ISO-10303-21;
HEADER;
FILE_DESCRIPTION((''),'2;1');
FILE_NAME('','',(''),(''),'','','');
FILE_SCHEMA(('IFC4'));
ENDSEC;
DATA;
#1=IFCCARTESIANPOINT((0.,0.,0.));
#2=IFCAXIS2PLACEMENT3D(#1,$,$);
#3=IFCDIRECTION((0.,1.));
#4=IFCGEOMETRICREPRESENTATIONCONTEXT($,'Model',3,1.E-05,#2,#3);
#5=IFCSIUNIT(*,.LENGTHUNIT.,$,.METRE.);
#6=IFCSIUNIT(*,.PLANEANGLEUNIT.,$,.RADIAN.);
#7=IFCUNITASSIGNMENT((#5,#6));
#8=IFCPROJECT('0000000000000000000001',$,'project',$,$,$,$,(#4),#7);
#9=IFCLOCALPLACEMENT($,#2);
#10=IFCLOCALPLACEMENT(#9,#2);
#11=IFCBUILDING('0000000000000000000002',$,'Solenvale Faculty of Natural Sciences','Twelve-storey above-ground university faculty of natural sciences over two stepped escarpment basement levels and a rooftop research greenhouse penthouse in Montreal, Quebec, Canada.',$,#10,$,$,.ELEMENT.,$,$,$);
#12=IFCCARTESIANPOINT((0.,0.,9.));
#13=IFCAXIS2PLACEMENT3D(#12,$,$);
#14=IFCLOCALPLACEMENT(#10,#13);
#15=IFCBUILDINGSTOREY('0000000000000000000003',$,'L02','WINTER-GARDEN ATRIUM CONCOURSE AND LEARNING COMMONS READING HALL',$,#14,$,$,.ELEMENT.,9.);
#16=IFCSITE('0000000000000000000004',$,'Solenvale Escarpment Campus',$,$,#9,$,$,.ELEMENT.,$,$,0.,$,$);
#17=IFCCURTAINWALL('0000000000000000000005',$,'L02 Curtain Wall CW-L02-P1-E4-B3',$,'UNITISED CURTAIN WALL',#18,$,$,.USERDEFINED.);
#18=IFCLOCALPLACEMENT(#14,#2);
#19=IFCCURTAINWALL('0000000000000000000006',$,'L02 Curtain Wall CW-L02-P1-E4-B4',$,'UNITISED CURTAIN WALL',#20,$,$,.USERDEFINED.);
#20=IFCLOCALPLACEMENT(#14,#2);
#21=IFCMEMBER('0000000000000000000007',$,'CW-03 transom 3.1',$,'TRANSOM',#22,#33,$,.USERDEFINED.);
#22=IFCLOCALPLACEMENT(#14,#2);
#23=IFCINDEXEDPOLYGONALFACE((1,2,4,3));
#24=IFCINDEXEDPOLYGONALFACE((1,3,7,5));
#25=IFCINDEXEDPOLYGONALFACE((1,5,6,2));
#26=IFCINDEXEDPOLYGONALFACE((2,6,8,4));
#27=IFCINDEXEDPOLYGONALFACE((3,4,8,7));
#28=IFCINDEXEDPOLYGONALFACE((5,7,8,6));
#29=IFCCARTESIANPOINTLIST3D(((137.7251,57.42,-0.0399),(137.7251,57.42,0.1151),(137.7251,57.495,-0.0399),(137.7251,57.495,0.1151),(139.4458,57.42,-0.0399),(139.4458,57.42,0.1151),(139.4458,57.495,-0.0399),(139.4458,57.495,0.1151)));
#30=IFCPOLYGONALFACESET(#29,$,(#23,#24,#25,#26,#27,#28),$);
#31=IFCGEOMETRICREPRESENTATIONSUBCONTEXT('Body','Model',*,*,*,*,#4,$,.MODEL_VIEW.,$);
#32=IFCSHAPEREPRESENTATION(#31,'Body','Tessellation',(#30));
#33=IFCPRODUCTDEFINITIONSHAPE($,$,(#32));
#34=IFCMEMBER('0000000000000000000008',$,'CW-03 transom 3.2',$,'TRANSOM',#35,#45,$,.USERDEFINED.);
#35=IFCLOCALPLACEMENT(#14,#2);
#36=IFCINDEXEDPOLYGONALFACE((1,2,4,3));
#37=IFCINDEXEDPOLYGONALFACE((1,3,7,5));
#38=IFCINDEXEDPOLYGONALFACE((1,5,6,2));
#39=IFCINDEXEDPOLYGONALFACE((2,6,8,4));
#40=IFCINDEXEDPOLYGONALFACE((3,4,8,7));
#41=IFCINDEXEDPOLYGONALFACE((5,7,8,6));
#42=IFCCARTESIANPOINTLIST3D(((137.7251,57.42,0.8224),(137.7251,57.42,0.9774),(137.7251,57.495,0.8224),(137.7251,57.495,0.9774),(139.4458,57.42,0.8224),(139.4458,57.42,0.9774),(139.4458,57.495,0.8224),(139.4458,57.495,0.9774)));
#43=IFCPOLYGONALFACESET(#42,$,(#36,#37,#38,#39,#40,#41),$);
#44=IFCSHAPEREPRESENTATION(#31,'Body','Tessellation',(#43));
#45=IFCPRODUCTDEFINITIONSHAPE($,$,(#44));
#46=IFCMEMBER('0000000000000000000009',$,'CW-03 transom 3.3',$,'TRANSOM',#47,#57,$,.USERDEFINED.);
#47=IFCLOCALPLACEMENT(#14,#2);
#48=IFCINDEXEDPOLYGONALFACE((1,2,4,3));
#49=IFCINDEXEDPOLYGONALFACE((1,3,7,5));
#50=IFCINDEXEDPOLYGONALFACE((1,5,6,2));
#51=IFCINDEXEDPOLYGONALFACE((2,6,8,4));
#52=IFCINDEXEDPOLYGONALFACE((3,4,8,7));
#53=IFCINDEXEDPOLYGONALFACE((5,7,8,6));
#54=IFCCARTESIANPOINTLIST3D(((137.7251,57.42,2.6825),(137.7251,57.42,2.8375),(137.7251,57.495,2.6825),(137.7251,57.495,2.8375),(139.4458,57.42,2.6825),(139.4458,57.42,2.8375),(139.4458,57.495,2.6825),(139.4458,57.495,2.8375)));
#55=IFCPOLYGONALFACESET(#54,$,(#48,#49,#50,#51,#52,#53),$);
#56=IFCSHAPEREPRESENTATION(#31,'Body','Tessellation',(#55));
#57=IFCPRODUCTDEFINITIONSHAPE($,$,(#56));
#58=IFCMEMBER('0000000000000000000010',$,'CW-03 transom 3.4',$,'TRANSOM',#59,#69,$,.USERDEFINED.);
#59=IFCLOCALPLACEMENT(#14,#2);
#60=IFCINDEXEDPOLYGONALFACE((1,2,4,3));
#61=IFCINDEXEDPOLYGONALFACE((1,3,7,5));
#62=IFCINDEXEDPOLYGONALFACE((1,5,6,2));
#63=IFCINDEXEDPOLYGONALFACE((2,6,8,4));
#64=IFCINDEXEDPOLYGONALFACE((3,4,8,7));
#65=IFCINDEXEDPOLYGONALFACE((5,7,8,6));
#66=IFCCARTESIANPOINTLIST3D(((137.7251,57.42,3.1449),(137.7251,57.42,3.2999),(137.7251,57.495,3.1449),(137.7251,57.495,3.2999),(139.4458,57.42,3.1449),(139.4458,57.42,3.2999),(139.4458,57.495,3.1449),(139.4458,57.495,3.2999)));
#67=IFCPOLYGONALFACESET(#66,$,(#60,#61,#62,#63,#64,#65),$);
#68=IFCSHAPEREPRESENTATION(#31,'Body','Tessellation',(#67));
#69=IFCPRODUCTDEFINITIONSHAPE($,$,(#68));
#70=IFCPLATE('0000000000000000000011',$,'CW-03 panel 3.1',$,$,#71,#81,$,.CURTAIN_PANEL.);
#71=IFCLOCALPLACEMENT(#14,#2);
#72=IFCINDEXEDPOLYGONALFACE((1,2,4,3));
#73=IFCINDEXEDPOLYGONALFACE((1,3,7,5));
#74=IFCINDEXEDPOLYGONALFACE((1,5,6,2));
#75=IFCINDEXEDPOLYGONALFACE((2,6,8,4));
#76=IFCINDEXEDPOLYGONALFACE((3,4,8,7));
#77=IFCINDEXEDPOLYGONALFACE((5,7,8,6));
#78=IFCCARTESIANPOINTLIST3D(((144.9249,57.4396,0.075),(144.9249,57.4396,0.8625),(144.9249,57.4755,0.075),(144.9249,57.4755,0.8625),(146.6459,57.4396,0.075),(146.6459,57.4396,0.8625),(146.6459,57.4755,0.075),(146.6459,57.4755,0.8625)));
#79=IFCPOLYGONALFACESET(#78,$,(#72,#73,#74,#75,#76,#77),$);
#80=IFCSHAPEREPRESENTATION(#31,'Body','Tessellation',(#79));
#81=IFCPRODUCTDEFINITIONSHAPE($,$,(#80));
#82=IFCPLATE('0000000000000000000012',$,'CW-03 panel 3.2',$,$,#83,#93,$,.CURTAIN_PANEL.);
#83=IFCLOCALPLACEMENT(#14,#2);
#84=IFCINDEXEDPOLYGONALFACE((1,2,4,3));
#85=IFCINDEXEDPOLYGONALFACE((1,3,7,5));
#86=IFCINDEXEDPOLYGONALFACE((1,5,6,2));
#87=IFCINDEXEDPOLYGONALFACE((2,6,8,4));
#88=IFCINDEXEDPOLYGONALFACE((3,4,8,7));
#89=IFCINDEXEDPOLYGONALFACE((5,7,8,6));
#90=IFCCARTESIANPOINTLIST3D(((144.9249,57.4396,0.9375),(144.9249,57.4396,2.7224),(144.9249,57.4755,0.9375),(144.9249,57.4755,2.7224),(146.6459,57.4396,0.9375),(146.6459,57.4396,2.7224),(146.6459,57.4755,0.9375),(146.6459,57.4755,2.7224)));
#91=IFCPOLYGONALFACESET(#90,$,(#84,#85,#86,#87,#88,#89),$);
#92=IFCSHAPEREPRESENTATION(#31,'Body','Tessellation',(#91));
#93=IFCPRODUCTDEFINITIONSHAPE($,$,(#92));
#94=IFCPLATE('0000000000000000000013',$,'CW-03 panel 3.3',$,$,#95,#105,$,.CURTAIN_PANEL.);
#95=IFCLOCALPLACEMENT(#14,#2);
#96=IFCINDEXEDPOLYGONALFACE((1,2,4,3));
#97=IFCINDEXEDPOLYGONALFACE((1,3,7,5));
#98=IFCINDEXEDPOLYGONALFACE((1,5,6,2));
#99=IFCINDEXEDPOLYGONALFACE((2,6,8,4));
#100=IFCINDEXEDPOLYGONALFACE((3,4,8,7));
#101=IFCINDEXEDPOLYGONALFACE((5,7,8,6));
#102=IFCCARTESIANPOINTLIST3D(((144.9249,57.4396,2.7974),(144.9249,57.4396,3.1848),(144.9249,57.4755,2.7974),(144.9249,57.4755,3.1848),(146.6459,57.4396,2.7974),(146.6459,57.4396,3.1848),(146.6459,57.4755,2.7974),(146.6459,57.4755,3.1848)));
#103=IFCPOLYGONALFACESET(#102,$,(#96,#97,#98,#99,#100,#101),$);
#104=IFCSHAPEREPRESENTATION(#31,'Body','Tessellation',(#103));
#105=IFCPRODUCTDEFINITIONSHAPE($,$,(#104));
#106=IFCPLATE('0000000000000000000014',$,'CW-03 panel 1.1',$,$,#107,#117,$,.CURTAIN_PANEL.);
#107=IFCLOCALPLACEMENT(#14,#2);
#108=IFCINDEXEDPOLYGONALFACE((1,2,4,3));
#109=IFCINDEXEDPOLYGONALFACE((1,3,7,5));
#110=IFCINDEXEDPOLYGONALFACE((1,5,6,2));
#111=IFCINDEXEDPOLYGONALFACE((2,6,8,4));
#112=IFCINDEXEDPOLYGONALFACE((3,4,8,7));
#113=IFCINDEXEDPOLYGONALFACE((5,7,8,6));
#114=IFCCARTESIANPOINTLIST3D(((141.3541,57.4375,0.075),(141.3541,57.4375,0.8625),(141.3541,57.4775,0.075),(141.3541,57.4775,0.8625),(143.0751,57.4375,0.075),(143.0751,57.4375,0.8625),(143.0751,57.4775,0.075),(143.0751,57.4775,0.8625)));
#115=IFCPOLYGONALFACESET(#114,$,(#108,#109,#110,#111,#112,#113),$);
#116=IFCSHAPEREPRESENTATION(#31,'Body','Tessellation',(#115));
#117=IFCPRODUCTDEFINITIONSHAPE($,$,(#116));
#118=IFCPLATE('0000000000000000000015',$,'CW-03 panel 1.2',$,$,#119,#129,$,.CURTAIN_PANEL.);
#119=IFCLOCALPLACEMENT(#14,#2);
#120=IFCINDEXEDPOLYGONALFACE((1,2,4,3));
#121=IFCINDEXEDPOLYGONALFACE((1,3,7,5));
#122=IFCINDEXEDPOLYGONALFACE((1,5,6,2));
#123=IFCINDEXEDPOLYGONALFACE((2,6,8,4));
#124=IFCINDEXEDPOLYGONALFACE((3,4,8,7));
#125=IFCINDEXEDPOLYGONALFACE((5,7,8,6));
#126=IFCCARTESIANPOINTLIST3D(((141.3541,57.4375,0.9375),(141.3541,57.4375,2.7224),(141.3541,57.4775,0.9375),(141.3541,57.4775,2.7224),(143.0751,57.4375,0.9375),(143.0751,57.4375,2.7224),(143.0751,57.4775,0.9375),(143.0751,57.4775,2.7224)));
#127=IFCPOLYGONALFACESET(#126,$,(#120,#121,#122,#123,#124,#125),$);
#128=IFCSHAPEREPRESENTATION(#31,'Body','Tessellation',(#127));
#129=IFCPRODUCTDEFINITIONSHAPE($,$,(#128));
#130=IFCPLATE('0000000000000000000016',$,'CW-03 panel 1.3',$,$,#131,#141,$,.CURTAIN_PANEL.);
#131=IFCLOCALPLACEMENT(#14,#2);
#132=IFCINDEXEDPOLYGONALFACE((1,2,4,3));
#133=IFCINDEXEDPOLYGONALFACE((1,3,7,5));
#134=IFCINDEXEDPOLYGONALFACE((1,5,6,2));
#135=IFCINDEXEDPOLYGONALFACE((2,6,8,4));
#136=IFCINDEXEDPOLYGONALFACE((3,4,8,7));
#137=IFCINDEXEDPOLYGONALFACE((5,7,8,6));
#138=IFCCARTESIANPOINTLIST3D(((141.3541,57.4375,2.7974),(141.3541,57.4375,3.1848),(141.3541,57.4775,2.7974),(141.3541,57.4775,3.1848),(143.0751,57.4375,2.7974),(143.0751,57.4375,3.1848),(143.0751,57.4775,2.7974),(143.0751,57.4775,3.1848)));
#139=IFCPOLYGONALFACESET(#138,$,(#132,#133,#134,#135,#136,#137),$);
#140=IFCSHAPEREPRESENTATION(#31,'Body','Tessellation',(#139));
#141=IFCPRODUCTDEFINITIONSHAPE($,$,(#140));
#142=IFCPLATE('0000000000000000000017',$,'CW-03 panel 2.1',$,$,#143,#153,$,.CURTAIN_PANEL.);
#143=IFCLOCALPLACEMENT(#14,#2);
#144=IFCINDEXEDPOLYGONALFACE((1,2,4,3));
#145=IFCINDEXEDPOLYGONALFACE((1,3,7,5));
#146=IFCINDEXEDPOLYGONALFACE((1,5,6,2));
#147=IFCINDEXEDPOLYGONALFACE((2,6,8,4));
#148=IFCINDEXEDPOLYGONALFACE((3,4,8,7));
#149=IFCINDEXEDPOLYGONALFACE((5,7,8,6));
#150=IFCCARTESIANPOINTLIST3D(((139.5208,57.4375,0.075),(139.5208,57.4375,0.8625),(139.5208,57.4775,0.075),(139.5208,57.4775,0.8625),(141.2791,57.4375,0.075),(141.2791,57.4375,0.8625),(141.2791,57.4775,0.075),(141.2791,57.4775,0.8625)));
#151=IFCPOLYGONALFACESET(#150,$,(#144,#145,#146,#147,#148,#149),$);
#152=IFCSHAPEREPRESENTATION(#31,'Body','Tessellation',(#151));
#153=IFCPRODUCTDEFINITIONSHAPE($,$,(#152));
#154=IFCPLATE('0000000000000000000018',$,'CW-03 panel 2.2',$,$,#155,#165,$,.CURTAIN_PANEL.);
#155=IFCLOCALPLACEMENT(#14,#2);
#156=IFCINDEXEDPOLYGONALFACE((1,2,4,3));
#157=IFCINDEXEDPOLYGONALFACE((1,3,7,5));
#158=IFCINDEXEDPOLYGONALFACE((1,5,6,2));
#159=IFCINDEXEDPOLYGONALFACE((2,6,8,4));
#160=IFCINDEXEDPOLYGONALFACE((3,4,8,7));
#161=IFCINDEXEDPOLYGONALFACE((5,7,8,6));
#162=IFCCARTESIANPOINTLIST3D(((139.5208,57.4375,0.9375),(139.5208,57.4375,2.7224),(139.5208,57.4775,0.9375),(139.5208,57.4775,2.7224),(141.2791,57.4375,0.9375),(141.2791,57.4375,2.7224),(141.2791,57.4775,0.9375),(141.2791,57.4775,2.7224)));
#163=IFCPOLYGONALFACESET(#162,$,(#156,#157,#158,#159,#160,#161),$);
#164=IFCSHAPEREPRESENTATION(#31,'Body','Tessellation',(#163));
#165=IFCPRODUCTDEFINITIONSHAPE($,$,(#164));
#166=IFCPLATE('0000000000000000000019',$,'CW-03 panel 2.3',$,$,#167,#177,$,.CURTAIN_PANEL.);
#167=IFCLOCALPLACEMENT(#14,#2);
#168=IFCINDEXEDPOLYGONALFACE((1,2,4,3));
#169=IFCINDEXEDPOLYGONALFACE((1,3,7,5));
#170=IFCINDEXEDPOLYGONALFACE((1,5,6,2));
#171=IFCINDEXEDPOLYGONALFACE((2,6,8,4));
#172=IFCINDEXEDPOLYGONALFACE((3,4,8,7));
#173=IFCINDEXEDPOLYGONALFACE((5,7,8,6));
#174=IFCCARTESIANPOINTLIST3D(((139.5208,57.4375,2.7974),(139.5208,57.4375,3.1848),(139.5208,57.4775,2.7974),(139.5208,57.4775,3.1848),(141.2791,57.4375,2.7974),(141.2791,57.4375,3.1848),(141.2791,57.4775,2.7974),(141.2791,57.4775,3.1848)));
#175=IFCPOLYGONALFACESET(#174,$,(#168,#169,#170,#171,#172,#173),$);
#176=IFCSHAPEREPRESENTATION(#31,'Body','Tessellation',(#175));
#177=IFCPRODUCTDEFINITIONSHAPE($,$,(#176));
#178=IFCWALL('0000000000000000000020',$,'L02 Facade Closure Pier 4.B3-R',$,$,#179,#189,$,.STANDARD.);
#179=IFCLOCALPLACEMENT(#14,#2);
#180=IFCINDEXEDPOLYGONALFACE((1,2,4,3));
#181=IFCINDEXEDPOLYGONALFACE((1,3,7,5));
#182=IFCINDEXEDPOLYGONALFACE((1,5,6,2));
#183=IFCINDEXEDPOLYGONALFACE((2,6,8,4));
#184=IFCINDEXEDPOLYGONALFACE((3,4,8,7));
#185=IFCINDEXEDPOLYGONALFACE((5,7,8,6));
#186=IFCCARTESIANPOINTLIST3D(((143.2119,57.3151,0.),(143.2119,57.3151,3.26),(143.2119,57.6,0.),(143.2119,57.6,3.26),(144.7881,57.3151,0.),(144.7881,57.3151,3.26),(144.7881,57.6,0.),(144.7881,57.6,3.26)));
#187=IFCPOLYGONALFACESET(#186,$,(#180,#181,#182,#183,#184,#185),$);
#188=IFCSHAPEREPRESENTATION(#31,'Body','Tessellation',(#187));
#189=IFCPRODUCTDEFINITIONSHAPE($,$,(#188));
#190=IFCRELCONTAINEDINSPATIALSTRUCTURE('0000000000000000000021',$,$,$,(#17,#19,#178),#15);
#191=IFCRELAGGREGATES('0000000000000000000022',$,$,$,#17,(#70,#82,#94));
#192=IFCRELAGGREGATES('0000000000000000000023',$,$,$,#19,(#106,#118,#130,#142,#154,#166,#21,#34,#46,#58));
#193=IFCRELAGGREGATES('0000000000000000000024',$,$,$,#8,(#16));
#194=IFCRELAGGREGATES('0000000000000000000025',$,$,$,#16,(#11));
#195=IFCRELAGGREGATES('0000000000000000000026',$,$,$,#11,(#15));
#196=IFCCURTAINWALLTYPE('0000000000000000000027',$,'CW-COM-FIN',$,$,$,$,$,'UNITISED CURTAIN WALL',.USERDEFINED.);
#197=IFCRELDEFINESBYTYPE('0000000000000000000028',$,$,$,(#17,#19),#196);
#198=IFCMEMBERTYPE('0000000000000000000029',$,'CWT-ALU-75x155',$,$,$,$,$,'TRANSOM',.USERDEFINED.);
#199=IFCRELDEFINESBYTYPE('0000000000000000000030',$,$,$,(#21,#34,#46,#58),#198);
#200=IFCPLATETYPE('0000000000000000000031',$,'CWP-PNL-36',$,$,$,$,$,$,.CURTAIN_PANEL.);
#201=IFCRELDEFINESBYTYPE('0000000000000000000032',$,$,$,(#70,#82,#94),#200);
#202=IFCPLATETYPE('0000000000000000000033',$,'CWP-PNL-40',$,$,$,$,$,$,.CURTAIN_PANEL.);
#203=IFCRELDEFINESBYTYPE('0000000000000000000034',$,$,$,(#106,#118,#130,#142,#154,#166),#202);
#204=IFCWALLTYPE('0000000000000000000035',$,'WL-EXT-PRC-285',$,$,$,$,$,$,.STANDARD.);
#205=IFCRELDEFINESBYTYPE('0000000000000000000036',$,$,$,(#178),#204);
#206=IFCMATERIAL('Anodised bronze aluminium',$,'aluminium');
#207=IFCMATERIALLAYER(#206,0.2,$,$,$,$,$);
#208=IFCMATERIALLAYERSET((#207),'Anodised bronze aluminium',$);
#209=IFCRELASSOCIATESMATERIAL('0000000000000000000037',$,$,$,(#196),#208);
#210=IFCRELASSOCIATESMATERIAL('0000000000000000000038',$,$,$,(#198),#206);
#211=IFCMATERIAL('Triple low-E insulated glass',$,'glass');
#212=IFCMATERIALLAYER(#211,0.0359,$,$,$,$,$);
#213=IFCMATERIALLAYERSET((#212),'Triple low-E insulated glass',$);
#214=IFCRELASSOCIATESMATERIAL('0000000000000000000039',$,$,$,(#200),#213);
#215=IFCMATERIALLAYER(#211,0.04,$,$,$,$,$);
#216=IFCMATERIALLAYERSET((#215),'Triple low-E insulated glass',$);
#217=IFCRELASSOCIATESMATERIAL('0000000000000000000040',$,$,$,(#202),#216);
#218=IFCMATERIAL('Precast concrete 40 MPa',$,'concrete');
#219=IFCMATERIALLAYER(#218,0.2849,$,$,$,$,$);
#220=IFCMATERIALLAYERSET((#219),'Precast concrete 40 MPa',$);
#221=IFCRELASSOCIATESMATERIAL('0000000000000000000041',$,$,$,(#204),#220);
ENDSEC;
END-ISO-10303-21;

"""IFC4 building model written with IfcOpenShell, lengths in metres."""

from ifc_helpers import new_model, si_unit, direction, frame, frame_2d, origin, origin_2d, place, context, subcontext, project, spatial, rectangle, extrude, material, layer, layer_set, material_profile, profile_set, type_object, element, aggregate, save


model = new_model("IFC4")

# Units and contexts
model_context = context("Model", 3, precision=1e-05, world=origin(), true_north=direction((0.0, 1.0)))
body_context = subcontext(model_context, "Body", "Model", "MODEL_VIEW")
ifc_project = project(units=[si_unit("LENGTHUNIT", "METRE"), si_unit("PLANEANGLEUNIT", "RADIAN")], contexts=[model_context])

# Site, building, storey
site_placement = place(None, origin())
site = spatial("IfcSite", under=ifc_project, at=site_placement, Name="Solenvale Escarpment Campus", CompositionType="ELEMENT", RefElevation=0.0)
building_placement = place(site_placement, origin())
building = spatial("IfcBuilding", under=site, at=building_placement, Name="Solenvale Faculty of Natural Sciences", Description="Twelve-storey above-ground university faculty of natural sciences over two stepped escarpment basement levels and a rooftop research greenhouse penthouse in Montreal, Quebec, Canada.", CompositionType="ELEMENT")
storey_placement = place(building_placement, frame((0.0, 0.0, 9.0)))
storey = spatial("IfcBuildingStorey", under=building, at=storey_placement, Name="L02", Description="WINTER-GARDEN ATRIUM CONCOURSE AND LEARNING COMMONS READING HALL", CompositionType="ELEMENT", Elevation=9.0)

# Curtain wall
ifc_material_1 = material(Name="Anodised bronze aluminium", Category="aluminium")
ifc_layer_1 = layer(ifc_material_1, 0.2)
ifc_layer_set_1 = layer_set([ifc_layer_1], Name="Anodised bronze aluminium")
curtain_wall_type = type_object("IfcCurtainWallType", Name="CW-COM-FIN", ElementType="UNITISED CURTAIN WALL", PredefinedType="USERDEFINED", material=ifc_layer_set_1)
curtain_wall_1_placement = place(storey_placement, origin())
curtain_wall_1 = element("IfcCurtainWall", 1, at=curtain_wall_1_placement, inside=storey, type_object=curtain_wall_type, Name="L02 Curtain Wall CW-L02-P1-E4-B3", ObjectType="UNITISED CURTAIN WALL", PredefinedType="USERDEFINED")

# Curtain wall
curtain_wall_2_placement = place(storey_placement, origin())
curtain_wall_2 = element("IfcCurtainWall", 2, at=curtain_wall_2_placement, inside=storey, type_object=curtain_wall_type, Name="L02 Curtain Wall CW-L02-P1-E4-B4", ObjectType="UNITISED CURTAIN WALL", PredefinedType="USERDEFINED")

# Members
ifc_material_profile_1 = material_profile(ifc_material_1, rectangle(XDim=0.075, YDim=0.155, at=origin_2d()), Name="ALU-TRN-75x155")
ifc_profile_set_1 = profile_set([ifc_material_profile_1], Name="Anodised bronze aluminium")
member_type_1 = type_object("IfcMemberType", Name="CWT-ALU-75x155", ElementType="TRANSOM", PredefinedType="USERDEFINED", material=ifc_profile_set_1)
member_1_placement = place(storey_placement, frame((139.4458, 57.4575, 0.0376), z_axis=(-1.0, 0.0, 0.0), x_axis=(0.0, -1.0, 0.0)))
member_1 = element("IfcMember", 3, at=member_1_placement, type_object=member_type_1, Name="CW-03 transom 3.1", ObjectType="TRANSOM", PredefinedType="USERDEFINED", context=body_context, shape_type="SweptSolid", body=[
    extrude(rectangle(XDim=0.075, YDim=0.155, at=origin_2d()), origin(), (0.0, 0.0, 1.0), 1.7207),
])
member_2_placement = place(storey_placement, frame((139.4458, 57.4575, 0.8999), z_axis=(-1.0, 0.0, 0.0), x_axis=(0.0, -1.0, 0.0)))
member_2 = element("IfcMember", 4, at=member_2_placement, type_object=member_type_1, Name="CW-03 transom 3.2", ObjectType="TRANSOM", PredefinedType="USERDEFINED", context=body_context, shape_type="SweptSolid", body=[
    extrude(rectangle(XDim=0.075, YDim=0.155, at=origin_2d()), origin(), (0.0, 0.0, 1.0), 1.7207),
])
member_3_placement = place(storey_placement, frame((139.4458, 57.4575, 2.76), z_axis=(-1.0, 0.0, 0.0), x_axis=(0.0, -1.0, 0.0)))
member_3 = element("IfcMember", 5, at=member_3_placement, type_object=member_type_1, Name="CW-03 transom 3.3", ObjectType="TRANSOM", PredefinedType="USERDEFINED", context=body_context, shape_type="SweptSolid", body=[
    extrude(rectangle(XDim=0.075, YDim=0.155, at=origin_2d()), origin(), (0.0, 0.0, 1.0), 1.7207),
])
member_4_placement = place(storey_placement, frame((139.4458, 57.4575, 3.2224), z_axis=(-1.0, 0.0, 0.0), x_axis=(0.0, -1.0, 0.0)))
member_4 = element("IfcMember", 6, at=member_4_placement, type_object=member_type_1, Name="CW-03 transom 3.4", ObjectType="TRANSOM", PredefinedType="USERDEFINED", context=body_context, shape_type="SweptSolid", body=[
    extrude(rectangle(XDim=0.075, YDim=0.155, at=origin_2d()), origin(), (0.0, 0.0, 1.0), 1.7207),
])

# Plates
ifc_material_2 = material(Name="Triple low-E insulated glass", Category="glass")
ifc_layer_2 = layer(ifc_material_2, 0.0359)
ifc_layer_set_2 = layer_set([ifc_layer_2], Name="Triple low-E insulated glass")
plate_type_1 = type_object("IfcPlateType", Name="CWP-PNL-36", PredefinedType="CURTAIN_PANEL", material=ifc_layer_set_2)
plate_1_placement = place(storey_placement, frame((145.7854, 57.4575, 0.075), z_axis=(0.0, 0.0, 1.0), x_axis=(-1.0, 0.0, 0.0)))
plate_1 = element("IfcPlate", 7, at=plate_1_placement, type_object=plate_type_1, Name="CW-03 panel 3.1", PredefinedType="CURTAIN_PANEL", context=body_context, shape_type="SweptSolid", body=[
    extrude(rectangle(XDim=1.7209, YDim=0.0359, at=origin_2d()), origin(), (0.0, 0.0, 1.0), 0.7876),
])
plate_2_placement = place(storey_placement, frame((145.7854, 57.4575, 0.9375), z_axis=(0.0, 0.0, 1.0), x_axis=(-1.0, 0.0, 0.0)))
plate_2 = element("IfcPlate", 8, at=plate_2_placement, type_object=plate_type_1, Name="CW-03 panel 3.2", PredefinedType="CURTAIN_PANEL", context=body_context, shape_type="SweptSolid", body=[
    extrude(rectangle(XDim=1.7209, YDim=0.0359, at=origin_2d()), origin(), (0.0, 0.0, 1.0), 1.7849),
])
plate_3_placement = place(storey_placement, frame((145.7854, 57.4575, 2.7974), z_axis=(0.0, 0.0, 1.0), x_axis=(-1.0, 0.0, 0.0)))
plate_3 = element("IfcPlate", 9, at=plate_3_placement, type_object=plate_type_1, Name="CW-03 panel 3.3", PredefinedType="CURTAIN_PANEL", context=body_context, shape_type="SweptSolid", body=[
    extrude(rectangle(XDim=1.7209, YDim=0.0359, at=origin_2d()), origin(), (0.0, 0.0, 1.0), 0.3875),
])
aggregate(curtain_wall_1, [plate_1, plate_2, plate_3])
ifc_layer_3 = layer(ifc_material_2, 0.04)
ifc_layer_set_3 = layer_set([ifc_layer_3], Name="Triple low-E insulated glass")
plate_type_2 = type_object("IfcPlateType", Name="CWP-PNL-40", PredefinedType="CURTAIN_PANEL", material=ifc_layer_set_3)
plate_4_placement = place(storey_placement, frame((142.2146, 57.4575, 0.075), z_axis=(0.0, 0.0, 1.0), x_axis=(-1.0, 0.0, 0.0)))
plate_4 = element("IfcPlate", 10, at=plate_4_placement, type_object=plate_type_2, Name="CW-03 panel 1.1", PredefinedType="CURTAIN_PANEL", context=body_context, shape_type="SweptSolid", body=[
    extrude(rectangle(XDim=1.7209, YDim=0.04, at=origin_2d()), origin(), (0.0, 0.0, 1.0), 0.7876),
])
plate_5_placement = place(storey_placement, frame((142.2146, 57.4575, 0.9375), z_axis=(0.0, 0.0, 1.0), x_axis=(-1.0, 0.0, 0.0)))
plate_5 = element("IfcPlate", 11, at=plate_5_placement, type_object=plate_type_2, Name="CW-03 panel 1.2", PredefinedType="CURTAIN_PANEL", context=body_context, shape_type="SweptSolid", body=[
    extrude(rectangle(XDim=1.7209, YDim=0.04, at=origin_2d()), origin(), (0.0, 0.0, 1.0), 1.7849),
])
plate_6_placement = place(storey_placement, frame((142.2146, 57.4575, 2.7974), z_axis=(0.0, 0.0, 1.0), x_axis=(-1.0, 0.0, 0.0)))
plate_6 = element("IfcPlate", 12, at=plate_6_placement, type_object=plate_type_2, Name="CW-03 panel 1.3", PredefinedType="CURTAIN_PANEL", context=body_context, shape_type="SweptSolid", body=[
    extrude(rectangle(XDim=1.7209, YDim=0.04, at=origin_2d()), origin(), (0.0, 0.0, 1.0), 0.3875),
])
plate_7_placement = place(storey_placement, frame((140.3999, 57.4575, 0.075), z_axis=(0.0, 0.0, 1.0), x_axis=(-1.0, 0.0, 0.0)))
plate_7 = element("IfcPlate", 13, at=plate_7_placement, type_object=plate_type_2, Name="CW-03 panel 2.1", PredefinedType="CURTAIN_PANEL", context=body_context, shape_type="SweptSolid", body=[
    extrude(rectangle(XDim=1.7583, YDim=0.04, at=origin_2d()), origin(), (0.0, 0.0, 1.0), 0.7876),
])
plate_8_placement = place(storey_placement, frame((140.3999, 57.4575, 0.9375), z_axis=(0.0, 0.0, 1.0), x_axis=(-1.0, 0.0, 0.0)))
plate_8 = element("IfcPlate", 14, at=plate_8_placement, type_object=plate_type_2, Name="CW-03 panel 2.2", PredefinedType="CURTAIN_PANEL", context=body_context, shape_type="SweptSolid", body=[
    extrude(rectangle(XDim=1.7583, YDim=0.04, at=origin_2d()), origin(), (0.0, 0.0, 1.0), 1.7849),
])
plate_9_placement = place(storey_placement, frame((140.3999, 57.4575, 2.7974), z_axis=(0.0, 0.0, 1.0), x_axis=(-1.0, 0.0, 0.0)))
plate_9 = element("IfcPlate", 15, at=plate_9_placement, type_object=plate_type_2, Name="CW-03 panel 2.3", PredefinedType="CURTAIN_PANEL", context=body_context, shape_type="SweptSolid", body=[
    extrude(rectangle(XDim=1.7583, YDim=0.04, at=origin_2d()), origin(), (0.0, 0.0, 1.0), 0.3875),
])
aggregate(curtain_wall_2, [plate_4, plate_5, plate_6, plate_7, plate_8, plate_9, member_1, member_2, member_3, member_4])

# Wall
ifc_material_3 = material(Name="Precast concrete 40 MPa", Category="concrete")
ifc_layer_4 = layer(ifc_material_3, 0.2849)
ifc_layer_set_4 = layer_set([ifc_layer_4], Name="Precast concrete 40 MPa")
wall_type_1 = type_object("IfcWallType", Name="WL-EXT-PRC-285", PredefinedType="STANDARD", material=ifc_layer_set_4)
wall_1_placement = place(storey_placement, frame((144.7881, 57.4575, 0.0), z_axis=(0.0, 0.0, 1.0), x_axis=(-1.0, 0.0, 0.0)))
element("IfcWall", 16, at=wall_1_placement, inside=storey, type_object=wall_type_1, Name="L02 Facade Closure Pier 4.B3-R", PredefinedType="STANDARD", context=body_context, shape_type="SweptSolid", body=[
    extrude(rectangle(XDim=1.5762, YDim=0.2849, at=frame_2d((0.7881, 0.0))), origin(), (0.0, 0.0, 1.0), 3.26),
])

save(model, "model.ifc")
